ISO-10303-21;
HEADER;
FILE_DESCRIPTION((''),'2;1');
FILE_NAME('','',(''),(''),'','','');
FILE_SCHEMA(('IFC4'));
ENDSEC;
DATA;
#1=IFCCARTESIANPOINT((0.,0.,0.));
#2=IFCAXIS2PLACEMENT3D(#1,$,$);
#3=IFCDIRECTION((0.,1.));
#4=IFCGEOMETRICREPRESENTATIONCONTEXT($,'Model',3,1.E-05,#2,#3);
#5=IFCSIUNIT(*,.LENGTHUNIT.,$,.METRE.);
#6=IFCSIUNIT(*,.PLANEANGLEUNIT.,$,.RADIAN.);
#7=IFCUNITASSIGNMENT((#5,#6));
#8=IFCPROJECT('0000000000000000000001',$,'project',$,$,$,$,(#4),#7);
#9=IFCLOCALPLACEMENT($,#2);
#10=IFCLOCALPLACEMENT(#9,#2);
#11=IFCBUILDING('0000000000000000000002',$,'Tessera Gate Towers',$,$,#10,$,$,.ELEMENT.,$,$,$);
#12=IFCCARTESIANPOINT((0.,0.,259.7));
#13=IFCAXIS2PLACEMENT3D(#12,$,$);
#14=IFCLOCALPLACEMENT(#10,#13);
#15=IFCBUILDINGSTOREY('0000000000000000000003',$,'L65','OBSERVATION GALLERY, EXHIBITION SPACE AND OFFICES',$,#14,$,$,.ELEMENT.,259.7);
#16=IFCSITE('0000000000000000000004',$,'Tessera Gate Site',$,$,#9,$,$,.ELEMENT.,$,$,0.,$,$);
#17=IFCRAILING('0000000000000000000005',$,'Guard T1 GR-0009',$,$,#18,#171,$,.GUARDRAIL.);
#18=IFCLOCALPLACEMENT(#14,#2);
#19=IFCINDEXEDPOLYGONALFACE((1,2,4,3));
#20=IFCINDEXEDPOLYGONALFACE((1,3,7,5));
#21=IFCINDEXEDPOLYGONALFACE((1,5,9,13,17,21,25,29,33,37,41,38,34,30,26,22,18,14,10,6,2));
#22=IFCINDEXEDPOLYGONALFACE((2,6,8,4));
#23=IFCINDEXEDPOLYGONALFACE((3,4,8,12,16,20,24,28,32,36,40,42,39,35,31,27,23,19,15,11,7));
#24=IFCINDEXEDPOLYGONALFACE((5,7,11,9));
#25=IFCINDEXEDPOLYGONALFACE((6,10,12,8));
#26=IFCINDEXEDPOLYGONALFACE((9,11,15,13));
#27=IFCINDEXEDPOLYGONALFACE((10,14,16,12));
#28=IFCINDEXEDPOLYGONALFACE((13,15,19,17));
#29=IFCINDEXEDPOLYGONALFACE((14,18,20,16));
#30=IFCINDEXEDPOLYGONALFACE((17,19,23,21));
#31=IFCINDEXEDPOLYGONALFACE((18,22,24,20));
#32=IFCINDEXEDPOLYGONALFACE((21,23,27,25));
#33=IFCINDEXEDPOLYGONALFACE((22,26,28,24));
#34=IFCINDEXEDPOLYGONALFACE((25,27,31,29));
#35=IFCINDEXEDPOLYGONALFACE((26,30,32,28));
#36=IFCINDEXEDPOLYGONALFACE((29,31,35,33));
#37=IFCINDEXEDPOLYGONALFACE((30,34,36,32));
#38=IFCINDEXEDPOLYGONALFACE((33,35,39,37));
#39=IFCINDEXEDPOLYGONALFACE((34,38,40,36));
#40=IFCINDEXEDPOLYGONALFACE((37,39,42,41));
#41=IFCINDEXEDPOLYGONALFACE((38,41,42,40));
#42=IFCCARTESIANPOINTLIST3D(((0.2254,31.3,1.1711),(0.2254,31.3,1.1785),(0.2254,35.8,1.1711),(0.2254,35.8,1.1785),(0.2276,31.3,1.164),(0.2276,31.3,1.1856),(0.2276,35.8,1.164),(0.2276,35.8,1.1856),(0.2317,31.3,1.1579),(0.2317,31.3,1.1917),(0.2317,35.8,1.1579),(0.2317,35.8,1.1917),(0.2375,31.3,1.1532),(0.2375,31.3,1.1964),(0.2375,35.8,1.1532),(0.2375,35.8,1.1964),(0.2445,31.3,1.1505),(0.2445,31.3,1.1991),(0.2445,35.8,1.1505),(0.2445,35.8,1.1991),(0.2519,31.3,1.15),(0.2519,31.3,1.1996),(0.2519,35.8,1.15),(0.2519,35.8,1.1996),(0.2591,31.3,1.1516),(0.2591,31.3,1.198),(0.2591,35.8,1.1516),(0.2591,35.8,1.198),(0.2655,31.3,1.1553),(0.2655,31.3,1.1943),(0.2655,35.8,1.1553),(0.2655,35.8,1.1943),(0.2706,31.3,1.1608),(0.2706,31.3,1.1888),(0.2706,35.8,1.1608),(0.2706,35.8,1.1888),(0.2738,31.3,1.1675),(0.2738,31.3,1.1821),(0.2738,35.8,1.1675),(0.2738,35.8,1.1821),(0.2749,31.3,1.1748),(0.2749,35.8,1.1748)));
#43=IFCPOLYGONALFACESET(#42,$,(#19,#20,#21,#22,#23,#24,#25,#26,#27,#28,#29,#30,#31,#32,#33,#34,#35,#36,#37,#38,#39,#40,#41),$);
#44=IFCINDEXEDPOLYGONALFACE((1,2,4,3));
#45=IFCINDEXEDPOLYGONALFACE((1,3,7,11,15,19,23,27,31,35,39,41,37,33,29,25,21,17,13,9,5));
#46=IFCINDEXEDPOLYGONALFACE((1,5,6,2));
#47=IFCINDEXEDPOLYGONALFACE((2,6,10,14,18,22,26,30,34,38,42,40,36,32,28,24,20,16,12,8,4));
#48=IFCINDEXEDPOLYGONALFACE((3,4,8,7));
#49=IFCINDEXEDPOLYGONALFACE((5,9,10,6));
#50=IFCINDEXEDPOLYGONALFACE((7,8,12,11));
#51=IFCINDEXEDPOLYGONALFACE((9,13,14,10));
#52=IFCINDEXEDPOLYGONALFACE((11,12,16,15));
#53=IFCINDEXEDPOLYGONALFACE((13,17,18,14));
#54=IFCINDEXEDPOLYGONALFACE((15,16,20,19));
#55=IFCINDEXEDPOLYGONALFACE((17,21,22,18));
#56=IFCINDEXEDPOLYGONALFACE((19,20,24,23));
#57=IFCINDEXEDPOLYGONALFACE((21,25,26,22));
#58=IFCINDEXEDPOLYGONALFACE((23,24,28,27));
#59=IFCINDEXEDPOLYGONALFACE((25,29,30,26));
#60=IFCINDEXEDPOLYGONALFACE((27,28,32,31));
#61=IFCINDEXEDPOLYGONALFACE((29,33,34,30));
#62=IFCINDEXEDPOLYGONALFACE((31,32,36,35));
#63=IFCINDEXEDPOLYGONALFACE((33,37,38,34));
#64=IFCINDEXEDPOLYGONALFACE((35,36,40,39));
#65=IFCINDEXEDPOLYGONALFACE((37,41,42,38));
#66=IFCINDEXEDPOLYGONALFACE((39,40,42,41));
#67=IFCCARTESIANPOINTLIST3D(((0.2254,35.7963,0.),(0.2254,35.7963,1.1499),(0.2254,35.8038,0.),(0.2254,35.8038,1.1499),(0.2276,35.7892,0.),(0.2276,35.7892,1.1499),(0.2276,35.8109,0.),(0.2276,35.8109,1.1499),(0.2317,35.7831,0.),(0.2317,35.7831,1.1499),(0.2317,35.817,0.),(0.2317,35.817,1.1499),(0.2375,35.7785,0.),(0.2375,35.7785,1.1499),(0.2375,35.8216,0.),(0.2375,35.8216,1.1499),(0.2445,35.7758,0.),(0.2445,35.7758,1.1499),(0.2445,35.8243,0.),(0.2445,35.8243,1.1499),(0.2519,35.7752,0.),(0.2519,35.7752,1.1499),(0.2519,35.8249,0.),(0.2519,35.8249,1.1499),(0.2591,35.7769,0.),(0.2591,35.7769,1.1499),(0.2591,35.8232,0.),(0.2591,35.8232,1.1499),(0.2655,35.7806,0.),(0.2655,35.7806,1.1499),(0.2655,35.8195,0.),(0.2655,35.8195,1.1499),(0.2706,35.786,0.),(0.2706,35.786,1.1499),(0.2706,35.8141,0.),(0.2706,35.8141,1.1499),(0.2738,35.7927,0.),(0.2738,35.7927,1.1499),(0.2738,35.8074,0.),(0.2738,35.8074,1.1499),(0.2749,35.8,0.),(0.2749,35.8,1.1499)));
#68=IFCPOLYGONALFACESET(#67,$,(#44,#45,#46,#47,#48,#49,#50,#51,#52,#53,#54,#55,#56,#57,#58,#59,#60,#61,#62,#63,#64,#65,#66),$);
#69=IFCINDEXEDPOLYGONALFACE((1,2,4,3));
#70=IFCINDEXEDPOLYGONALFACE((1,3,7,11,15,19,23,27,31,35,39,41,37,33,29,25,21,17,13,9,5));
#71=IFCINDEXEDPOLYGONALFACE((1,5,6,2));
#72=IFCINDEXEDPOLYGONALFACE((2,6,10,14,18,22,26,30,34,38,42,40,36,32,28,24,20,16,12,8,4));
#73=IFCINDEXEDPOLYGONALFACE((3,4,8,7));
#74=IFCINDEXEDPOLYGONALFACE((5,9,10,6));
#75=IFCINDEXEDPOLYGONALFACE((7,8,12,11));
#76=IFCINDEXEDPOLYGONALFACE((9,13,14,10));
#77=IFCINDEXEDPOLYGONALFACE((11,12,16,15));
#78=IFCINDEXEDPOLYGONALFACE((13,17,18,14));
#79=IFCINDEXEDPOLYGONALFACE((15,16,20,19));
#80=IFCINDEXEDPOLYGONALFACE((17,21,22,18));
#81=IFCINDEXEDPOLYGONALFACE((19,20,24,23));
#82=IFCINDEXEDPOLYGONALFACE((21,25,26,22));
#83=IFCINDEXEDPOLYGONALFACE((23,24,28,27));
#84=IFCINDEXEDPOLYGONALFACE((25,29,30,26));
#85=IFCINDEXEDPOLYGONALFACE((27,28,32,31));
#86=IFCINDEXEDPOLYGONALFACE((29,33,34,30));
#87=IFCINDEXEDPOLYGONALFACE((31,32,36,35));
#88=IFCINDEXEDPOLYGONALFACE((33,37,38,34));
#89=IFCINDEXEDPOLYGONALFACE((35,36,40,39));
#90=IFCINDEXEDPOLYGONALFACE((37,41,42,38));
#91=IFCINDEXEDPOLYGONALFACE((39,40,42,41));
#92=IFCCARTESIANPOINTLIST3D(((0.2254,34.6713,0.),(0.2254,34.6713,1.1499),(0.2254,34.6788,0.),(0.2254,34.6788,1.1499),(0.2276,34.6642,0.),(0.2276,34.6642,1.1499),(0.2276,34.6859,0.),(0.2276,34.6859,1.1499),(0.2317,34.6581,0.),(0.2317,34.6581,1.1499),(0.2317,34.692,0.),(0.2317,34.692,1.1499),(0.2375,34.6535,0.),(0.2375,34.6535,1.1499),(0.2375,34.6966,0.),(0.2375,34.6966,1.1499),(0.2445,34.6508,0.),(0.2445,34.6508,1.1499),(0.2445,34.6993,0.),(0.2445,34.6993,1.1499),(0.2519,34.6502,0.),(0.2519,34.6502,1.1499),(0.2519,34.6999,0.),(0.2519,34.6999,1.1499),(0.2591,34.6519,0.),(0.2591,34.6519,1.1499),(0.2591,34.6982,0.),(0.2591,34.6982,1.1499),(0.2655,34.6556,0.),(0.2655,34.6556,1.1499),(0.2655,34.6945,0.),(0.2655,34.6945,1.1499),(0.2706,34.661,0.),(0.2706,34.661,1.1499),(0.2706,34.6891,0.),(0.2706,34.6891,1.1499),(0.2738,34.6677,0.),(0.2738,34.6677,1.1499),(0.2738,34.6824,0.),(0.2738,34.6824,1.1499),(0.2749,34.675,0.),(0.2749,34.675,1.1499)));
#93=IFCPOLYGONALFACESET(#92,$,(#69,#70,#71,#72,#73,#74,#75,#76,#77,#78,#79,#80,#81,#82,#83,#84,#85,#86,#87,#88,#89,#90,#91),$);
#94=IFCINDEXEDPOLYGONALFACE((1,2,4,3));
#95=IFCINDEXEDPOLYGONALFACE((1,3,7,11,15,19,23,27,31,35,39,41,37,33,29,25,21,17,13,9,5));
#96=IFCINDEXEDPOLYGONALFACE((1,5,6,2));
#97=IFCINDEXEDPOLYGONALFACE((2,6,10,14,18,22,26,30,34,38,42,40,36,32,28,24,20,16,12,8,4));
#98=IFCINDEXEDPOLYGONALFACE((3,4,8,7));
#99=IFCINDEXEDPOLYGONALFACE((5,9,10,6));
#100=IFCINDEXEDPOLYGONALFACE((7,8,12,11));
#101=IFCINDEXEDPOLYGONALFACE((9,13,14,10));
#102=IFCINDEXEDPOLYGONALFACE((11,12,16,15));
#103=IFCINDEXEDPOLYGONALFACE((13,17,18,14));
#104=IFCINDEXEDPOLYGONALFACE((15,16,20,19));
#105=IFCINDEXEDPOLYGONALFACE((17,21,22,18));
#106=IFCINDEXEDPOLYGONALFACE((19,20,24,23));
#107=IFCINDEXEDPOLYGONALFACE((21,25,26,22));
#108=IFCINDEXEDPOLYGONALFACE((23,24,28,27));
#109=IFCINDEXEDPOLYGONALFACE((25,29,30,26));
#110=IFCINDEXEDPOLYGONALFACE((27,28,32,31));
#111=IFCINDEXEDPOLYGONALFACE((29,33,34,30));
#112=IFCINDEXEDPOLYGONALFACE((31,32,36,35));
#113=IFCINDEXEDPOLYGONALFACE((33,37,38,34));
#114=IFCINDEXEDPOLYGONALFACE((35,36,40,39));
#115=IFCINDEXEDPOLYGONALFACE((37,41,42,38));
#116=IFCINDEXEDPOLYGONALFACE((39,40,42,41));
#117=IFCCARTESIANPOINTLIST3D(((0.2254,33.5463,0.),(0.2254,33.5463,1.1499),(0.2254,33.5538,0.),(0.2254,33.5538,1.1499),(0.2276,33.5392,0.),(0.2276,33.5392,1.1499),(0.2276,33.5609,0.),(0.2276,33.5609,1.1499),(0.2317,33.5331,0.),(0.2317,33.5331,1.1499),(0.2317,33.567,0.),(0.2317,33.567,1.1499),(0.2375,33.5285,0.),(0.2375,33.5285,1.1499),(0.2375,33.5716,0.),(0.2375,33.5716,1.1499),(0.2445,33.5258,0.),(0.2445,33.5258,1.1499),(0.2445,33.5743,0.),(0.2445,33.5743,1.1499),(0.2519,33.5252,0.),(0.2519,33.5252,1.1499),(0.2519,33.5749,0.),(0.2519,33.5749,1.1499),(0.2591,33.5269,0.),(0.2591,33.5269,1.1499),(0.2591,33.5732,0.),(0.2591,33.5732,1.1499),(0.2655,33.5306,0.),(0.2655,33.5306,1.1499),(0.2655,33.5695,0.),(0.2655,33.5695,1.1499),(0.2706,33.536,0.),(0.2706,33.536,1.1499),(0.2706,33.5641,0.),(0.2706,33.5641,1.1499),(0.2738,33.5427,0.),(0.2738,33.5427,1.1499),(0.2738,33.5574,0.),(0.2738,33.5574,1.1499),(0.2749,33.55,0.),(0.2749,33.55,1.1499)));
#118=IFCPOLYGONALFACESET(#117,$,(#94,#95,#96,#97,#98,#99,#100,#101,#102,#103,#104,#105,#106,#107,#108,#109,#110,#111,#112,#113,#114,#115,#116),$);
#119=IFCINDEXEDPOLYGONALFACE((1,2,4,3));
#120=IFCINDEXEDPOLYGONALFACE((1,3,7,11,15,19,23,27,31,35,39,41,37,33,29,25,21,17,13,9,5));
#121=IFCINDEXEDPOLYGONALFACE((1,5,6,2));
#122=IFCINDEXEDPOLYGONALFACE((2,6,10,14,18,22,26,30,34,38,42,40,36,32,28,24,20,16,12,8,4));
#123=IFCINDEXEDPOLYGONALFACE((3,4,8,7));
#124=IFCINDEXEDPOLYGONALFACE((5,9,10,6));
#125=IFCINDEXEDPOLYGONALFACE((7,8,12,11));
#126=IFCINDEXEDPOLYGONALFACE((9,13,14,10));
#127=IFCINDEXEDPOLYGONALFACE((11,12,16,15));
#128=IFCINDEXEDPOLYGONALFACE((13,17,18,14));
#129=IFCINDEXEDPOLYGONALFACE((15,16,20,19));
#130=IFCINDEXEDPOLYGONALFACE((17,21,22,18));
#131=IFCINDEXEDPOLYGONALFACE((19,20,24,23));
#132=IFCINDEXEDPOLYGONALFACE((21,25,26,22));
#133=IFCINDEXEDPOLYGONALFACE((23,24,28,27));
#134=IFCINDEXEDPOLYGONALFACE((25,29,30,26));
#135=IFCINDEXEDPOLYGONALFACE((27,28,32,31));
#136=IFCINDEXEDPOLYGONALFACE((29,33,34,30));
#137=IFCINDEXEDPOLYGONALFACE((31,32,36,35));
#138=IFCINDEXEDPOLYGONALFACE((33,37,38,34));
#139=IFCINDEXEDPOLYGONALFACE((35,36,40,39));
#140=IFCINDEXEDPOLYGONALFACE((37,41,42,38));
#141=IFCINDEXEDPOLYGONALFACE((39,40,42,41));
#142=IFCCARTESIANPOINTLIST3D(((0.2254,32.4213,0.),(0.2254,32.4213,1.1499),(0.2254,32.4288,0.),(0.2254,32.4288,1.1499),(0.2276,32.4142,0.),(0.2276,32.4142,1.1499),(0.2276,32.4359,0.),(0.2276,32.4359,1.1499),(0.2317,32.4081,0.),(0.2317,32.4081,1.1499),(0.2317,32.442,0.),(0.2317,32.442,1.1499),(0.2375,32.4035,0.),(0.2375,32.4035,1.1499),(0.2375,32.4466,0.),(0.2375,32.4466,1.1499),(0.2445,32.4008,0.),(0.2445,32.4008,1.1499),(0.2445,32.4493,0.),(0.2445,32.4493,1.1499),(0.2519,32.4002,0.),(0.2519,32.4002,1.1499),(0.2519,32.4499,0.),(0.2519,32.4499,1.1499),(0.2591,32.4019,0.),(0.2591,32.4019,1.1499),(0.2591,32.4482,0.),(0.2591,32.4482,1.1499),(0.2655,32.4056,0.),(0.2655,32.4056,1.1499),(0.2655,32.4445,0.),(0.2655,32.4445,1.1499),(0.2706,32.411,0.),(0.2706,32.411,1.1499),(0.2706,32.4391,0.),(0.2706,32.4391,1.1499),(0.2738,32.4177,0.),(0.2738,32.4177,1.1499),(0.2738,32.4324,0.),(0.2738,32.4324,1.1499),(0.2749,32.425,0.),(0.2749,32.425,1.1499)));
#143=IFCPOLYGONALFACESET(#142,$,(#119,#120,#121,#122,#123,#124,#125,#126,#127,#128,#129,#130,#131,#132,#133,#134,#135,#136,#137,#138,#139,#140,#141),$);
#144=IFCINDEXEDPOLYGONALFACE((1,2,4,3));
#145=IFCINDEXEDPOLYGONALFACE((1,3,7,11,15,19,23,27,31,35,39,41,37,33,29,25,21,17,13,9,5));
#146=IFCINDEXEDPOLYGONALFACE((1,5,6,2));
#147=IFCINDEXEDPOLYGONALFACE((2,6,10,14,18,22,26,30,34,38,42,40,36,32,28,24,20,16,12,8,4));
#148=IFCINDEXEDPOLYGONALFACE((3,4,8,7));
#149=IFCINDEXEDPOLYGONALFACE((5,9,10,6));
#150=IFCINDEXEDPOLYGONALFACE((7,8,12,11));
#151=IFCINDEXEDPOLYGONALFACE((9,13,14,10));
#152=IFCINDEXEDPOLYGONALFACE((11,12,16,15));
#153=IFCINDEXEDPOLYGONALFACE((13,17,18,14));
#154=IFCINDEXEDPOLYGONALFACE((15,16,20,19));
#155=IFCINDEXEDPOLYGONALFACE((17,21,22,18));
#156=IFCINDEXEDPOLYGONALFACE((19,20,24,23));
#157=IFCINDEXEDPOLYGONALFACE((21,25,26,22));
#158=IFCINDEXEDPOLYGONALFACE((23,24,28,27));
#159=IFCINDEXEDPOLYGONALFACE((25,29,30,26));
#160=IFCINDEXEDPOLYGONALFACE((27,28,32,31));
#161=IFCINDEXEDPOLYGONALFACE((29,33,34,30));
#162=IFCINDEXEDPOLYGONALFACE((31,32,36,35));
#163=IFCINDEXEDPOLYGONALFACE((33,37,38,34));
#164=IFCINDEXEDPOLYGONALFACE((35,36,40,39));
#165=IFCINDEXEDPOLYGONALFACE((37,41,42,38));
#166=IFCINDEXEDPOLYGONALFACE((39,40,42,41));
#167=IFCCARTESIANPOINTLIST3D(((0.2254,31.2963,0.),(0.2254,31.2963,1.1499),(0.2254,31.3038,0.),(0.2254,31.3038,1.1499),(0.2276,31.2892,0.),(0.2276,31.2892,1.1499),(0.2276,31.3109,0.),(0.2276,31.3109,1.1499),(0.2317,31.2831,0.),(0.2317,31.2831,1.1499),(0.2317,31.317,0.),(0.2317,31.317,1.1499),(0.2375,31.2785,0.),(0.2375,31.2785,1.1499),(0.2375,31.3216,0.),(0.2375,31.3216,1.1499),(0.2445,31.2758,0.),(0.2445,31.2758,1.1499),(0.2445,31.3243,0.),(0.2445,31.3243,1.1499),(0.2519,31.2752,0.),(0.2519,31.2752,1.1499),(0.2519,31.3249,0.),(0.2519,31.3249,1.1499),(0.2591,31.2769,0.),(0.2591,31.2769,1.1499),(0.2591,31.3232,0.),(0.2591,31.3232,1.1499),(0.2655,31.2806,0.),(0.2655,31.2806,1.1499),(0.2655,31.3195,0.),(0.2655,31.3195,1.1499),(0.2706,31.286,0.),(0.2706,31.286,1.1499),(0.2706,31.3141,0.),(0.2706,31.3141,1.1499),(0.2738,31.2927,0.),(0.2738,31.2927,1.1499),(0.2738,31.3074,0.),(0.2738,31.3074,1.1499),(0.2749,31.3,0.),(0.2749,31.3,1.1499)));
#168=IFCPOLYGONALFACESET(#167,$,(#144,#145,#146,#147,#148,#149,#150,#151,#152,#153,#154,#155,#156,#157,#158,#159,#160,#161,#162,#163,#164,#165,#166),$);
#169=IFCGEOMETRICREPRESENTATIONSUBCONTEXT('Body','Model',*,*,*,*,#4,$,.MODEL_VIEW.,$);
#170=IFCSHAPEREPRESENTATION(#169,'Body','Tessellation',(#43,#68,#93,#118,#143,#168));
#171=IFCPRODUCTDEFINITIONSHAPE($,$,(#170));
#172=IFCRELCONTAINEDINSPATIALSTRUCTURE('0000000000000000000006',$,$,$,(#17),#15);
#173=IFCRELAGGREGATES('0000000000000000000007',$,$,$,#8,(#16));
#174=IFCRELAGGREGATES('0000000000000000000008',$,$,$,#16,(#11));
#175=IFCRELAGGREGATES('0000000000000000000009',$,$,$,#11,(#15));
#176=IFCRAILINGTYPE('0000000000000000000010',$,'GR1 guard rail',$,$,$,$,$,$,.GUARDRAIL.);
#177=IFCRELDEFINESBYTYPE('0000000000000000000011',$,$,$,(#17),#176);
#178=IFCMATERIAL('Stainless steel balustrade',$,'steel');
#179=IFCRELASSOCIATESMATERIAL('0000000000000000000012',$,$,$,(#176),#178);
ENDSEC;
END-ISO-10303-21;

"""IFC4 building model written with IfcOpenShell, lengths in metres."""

from ifc_helpers import new_model, si_unit, direction, frame, origin, origin_2d, place, context, subcontext, project, spatial, circle, extrude, material, type_object, element, save


model = new_model("IFC4")

# Units and contexts
model_context = context("Model", 3, precision=1e-05, world=origin(), true_north=direction((0.0, 1.0)))
body_context = subcontext(model_context, "Body", "Model", "MODEL_VIEW")
ifc_project = project(units=[si_unit("LENGTHUNIT", "METRE"), si_unit("PLANEANGLEUNIT", "RADIAN")], contexts=[model_context])

# Site, building, storey
site_placement = place(None, origin())
site = spatial("IfcSite", under=ifc_project, at=site_placement, Name="Tessera Gate Site", CompositionType="ELEMENT", RefElevation=0.0)
building_placement = place(site_placement, origin())
building = spatial("IfcBuilding", under=site, at=building_placement, Name="Tessera Gate Towers", CompositionType="ELEMENT")
storey_placement = place(building_placement, frame((0.0, 0.0, 259.7)))
storey = spatial("IfcBuildingStorey", under=building, at=storey_placement, Name="L65", Description="OBSERVATION GALLERY, EXHIBITION SPACE AND OFFICES", CompositionType="ELEMENT", Elevation=259.7)

# Railing
ifc_material_1 = material(Name="Stainless steel balustrade", Category="steel")
railing_type_1 = type_object("IfcRailingType", Name="GR1 guard rail", PredefinedType="GUARDRAIL", material=ifc_material_1)
for number, where, name in (
    (1, (0.25, 35.8, 0.0), "Guard T1 GR-0009"),
):
    element("IfcRailing", number, at=place(storey_placement, frame(where)), inside=storey, type_object=railing_type_1, Name=name, PredefinedType="GUARDRAIL", context=body_context, shape_type="SweptSolid", body=[
        extrude(circle(Radius=0.0249, at=origin_2d()), frame((0.0, 0.0, 1.1748), z_axis=(0.0, -1.0, 0.0), x_axis=(1.0, 0.0, 0.0)), (0.0, 0.0, 1.0), 4.5),
        extrude(circle(Radius=0.0249, at=origin_2d()), origin(), (0.0, 0.0, 1.0), 1.1499),
        extrude(circle(Radius=0.0249, at=origin_2d()), frame((0.0, -1.125, 0.0)), (0.0, 0.0, 1.0), 1.1499),
        extrude(circle(Radius=0.0249, at=origin_2d()), frame((0.0, -2.25, 0.0)), (0.0, 0.0, 1.0), 1.1499),
        extrude(circle(Radius=0.0249, at=origin_2d()), frame((0.0, -3.375, 0.0)), (0.0, 0.0, 1.0), 1.1499),
        extrude(circle(Radius=0.0249, at=origin_2d()), frame((0.0, -4.5, 0.0)), (0.0, 0.0, 1.0), 1.1499),
    ])

save(model, "model.ifc")
